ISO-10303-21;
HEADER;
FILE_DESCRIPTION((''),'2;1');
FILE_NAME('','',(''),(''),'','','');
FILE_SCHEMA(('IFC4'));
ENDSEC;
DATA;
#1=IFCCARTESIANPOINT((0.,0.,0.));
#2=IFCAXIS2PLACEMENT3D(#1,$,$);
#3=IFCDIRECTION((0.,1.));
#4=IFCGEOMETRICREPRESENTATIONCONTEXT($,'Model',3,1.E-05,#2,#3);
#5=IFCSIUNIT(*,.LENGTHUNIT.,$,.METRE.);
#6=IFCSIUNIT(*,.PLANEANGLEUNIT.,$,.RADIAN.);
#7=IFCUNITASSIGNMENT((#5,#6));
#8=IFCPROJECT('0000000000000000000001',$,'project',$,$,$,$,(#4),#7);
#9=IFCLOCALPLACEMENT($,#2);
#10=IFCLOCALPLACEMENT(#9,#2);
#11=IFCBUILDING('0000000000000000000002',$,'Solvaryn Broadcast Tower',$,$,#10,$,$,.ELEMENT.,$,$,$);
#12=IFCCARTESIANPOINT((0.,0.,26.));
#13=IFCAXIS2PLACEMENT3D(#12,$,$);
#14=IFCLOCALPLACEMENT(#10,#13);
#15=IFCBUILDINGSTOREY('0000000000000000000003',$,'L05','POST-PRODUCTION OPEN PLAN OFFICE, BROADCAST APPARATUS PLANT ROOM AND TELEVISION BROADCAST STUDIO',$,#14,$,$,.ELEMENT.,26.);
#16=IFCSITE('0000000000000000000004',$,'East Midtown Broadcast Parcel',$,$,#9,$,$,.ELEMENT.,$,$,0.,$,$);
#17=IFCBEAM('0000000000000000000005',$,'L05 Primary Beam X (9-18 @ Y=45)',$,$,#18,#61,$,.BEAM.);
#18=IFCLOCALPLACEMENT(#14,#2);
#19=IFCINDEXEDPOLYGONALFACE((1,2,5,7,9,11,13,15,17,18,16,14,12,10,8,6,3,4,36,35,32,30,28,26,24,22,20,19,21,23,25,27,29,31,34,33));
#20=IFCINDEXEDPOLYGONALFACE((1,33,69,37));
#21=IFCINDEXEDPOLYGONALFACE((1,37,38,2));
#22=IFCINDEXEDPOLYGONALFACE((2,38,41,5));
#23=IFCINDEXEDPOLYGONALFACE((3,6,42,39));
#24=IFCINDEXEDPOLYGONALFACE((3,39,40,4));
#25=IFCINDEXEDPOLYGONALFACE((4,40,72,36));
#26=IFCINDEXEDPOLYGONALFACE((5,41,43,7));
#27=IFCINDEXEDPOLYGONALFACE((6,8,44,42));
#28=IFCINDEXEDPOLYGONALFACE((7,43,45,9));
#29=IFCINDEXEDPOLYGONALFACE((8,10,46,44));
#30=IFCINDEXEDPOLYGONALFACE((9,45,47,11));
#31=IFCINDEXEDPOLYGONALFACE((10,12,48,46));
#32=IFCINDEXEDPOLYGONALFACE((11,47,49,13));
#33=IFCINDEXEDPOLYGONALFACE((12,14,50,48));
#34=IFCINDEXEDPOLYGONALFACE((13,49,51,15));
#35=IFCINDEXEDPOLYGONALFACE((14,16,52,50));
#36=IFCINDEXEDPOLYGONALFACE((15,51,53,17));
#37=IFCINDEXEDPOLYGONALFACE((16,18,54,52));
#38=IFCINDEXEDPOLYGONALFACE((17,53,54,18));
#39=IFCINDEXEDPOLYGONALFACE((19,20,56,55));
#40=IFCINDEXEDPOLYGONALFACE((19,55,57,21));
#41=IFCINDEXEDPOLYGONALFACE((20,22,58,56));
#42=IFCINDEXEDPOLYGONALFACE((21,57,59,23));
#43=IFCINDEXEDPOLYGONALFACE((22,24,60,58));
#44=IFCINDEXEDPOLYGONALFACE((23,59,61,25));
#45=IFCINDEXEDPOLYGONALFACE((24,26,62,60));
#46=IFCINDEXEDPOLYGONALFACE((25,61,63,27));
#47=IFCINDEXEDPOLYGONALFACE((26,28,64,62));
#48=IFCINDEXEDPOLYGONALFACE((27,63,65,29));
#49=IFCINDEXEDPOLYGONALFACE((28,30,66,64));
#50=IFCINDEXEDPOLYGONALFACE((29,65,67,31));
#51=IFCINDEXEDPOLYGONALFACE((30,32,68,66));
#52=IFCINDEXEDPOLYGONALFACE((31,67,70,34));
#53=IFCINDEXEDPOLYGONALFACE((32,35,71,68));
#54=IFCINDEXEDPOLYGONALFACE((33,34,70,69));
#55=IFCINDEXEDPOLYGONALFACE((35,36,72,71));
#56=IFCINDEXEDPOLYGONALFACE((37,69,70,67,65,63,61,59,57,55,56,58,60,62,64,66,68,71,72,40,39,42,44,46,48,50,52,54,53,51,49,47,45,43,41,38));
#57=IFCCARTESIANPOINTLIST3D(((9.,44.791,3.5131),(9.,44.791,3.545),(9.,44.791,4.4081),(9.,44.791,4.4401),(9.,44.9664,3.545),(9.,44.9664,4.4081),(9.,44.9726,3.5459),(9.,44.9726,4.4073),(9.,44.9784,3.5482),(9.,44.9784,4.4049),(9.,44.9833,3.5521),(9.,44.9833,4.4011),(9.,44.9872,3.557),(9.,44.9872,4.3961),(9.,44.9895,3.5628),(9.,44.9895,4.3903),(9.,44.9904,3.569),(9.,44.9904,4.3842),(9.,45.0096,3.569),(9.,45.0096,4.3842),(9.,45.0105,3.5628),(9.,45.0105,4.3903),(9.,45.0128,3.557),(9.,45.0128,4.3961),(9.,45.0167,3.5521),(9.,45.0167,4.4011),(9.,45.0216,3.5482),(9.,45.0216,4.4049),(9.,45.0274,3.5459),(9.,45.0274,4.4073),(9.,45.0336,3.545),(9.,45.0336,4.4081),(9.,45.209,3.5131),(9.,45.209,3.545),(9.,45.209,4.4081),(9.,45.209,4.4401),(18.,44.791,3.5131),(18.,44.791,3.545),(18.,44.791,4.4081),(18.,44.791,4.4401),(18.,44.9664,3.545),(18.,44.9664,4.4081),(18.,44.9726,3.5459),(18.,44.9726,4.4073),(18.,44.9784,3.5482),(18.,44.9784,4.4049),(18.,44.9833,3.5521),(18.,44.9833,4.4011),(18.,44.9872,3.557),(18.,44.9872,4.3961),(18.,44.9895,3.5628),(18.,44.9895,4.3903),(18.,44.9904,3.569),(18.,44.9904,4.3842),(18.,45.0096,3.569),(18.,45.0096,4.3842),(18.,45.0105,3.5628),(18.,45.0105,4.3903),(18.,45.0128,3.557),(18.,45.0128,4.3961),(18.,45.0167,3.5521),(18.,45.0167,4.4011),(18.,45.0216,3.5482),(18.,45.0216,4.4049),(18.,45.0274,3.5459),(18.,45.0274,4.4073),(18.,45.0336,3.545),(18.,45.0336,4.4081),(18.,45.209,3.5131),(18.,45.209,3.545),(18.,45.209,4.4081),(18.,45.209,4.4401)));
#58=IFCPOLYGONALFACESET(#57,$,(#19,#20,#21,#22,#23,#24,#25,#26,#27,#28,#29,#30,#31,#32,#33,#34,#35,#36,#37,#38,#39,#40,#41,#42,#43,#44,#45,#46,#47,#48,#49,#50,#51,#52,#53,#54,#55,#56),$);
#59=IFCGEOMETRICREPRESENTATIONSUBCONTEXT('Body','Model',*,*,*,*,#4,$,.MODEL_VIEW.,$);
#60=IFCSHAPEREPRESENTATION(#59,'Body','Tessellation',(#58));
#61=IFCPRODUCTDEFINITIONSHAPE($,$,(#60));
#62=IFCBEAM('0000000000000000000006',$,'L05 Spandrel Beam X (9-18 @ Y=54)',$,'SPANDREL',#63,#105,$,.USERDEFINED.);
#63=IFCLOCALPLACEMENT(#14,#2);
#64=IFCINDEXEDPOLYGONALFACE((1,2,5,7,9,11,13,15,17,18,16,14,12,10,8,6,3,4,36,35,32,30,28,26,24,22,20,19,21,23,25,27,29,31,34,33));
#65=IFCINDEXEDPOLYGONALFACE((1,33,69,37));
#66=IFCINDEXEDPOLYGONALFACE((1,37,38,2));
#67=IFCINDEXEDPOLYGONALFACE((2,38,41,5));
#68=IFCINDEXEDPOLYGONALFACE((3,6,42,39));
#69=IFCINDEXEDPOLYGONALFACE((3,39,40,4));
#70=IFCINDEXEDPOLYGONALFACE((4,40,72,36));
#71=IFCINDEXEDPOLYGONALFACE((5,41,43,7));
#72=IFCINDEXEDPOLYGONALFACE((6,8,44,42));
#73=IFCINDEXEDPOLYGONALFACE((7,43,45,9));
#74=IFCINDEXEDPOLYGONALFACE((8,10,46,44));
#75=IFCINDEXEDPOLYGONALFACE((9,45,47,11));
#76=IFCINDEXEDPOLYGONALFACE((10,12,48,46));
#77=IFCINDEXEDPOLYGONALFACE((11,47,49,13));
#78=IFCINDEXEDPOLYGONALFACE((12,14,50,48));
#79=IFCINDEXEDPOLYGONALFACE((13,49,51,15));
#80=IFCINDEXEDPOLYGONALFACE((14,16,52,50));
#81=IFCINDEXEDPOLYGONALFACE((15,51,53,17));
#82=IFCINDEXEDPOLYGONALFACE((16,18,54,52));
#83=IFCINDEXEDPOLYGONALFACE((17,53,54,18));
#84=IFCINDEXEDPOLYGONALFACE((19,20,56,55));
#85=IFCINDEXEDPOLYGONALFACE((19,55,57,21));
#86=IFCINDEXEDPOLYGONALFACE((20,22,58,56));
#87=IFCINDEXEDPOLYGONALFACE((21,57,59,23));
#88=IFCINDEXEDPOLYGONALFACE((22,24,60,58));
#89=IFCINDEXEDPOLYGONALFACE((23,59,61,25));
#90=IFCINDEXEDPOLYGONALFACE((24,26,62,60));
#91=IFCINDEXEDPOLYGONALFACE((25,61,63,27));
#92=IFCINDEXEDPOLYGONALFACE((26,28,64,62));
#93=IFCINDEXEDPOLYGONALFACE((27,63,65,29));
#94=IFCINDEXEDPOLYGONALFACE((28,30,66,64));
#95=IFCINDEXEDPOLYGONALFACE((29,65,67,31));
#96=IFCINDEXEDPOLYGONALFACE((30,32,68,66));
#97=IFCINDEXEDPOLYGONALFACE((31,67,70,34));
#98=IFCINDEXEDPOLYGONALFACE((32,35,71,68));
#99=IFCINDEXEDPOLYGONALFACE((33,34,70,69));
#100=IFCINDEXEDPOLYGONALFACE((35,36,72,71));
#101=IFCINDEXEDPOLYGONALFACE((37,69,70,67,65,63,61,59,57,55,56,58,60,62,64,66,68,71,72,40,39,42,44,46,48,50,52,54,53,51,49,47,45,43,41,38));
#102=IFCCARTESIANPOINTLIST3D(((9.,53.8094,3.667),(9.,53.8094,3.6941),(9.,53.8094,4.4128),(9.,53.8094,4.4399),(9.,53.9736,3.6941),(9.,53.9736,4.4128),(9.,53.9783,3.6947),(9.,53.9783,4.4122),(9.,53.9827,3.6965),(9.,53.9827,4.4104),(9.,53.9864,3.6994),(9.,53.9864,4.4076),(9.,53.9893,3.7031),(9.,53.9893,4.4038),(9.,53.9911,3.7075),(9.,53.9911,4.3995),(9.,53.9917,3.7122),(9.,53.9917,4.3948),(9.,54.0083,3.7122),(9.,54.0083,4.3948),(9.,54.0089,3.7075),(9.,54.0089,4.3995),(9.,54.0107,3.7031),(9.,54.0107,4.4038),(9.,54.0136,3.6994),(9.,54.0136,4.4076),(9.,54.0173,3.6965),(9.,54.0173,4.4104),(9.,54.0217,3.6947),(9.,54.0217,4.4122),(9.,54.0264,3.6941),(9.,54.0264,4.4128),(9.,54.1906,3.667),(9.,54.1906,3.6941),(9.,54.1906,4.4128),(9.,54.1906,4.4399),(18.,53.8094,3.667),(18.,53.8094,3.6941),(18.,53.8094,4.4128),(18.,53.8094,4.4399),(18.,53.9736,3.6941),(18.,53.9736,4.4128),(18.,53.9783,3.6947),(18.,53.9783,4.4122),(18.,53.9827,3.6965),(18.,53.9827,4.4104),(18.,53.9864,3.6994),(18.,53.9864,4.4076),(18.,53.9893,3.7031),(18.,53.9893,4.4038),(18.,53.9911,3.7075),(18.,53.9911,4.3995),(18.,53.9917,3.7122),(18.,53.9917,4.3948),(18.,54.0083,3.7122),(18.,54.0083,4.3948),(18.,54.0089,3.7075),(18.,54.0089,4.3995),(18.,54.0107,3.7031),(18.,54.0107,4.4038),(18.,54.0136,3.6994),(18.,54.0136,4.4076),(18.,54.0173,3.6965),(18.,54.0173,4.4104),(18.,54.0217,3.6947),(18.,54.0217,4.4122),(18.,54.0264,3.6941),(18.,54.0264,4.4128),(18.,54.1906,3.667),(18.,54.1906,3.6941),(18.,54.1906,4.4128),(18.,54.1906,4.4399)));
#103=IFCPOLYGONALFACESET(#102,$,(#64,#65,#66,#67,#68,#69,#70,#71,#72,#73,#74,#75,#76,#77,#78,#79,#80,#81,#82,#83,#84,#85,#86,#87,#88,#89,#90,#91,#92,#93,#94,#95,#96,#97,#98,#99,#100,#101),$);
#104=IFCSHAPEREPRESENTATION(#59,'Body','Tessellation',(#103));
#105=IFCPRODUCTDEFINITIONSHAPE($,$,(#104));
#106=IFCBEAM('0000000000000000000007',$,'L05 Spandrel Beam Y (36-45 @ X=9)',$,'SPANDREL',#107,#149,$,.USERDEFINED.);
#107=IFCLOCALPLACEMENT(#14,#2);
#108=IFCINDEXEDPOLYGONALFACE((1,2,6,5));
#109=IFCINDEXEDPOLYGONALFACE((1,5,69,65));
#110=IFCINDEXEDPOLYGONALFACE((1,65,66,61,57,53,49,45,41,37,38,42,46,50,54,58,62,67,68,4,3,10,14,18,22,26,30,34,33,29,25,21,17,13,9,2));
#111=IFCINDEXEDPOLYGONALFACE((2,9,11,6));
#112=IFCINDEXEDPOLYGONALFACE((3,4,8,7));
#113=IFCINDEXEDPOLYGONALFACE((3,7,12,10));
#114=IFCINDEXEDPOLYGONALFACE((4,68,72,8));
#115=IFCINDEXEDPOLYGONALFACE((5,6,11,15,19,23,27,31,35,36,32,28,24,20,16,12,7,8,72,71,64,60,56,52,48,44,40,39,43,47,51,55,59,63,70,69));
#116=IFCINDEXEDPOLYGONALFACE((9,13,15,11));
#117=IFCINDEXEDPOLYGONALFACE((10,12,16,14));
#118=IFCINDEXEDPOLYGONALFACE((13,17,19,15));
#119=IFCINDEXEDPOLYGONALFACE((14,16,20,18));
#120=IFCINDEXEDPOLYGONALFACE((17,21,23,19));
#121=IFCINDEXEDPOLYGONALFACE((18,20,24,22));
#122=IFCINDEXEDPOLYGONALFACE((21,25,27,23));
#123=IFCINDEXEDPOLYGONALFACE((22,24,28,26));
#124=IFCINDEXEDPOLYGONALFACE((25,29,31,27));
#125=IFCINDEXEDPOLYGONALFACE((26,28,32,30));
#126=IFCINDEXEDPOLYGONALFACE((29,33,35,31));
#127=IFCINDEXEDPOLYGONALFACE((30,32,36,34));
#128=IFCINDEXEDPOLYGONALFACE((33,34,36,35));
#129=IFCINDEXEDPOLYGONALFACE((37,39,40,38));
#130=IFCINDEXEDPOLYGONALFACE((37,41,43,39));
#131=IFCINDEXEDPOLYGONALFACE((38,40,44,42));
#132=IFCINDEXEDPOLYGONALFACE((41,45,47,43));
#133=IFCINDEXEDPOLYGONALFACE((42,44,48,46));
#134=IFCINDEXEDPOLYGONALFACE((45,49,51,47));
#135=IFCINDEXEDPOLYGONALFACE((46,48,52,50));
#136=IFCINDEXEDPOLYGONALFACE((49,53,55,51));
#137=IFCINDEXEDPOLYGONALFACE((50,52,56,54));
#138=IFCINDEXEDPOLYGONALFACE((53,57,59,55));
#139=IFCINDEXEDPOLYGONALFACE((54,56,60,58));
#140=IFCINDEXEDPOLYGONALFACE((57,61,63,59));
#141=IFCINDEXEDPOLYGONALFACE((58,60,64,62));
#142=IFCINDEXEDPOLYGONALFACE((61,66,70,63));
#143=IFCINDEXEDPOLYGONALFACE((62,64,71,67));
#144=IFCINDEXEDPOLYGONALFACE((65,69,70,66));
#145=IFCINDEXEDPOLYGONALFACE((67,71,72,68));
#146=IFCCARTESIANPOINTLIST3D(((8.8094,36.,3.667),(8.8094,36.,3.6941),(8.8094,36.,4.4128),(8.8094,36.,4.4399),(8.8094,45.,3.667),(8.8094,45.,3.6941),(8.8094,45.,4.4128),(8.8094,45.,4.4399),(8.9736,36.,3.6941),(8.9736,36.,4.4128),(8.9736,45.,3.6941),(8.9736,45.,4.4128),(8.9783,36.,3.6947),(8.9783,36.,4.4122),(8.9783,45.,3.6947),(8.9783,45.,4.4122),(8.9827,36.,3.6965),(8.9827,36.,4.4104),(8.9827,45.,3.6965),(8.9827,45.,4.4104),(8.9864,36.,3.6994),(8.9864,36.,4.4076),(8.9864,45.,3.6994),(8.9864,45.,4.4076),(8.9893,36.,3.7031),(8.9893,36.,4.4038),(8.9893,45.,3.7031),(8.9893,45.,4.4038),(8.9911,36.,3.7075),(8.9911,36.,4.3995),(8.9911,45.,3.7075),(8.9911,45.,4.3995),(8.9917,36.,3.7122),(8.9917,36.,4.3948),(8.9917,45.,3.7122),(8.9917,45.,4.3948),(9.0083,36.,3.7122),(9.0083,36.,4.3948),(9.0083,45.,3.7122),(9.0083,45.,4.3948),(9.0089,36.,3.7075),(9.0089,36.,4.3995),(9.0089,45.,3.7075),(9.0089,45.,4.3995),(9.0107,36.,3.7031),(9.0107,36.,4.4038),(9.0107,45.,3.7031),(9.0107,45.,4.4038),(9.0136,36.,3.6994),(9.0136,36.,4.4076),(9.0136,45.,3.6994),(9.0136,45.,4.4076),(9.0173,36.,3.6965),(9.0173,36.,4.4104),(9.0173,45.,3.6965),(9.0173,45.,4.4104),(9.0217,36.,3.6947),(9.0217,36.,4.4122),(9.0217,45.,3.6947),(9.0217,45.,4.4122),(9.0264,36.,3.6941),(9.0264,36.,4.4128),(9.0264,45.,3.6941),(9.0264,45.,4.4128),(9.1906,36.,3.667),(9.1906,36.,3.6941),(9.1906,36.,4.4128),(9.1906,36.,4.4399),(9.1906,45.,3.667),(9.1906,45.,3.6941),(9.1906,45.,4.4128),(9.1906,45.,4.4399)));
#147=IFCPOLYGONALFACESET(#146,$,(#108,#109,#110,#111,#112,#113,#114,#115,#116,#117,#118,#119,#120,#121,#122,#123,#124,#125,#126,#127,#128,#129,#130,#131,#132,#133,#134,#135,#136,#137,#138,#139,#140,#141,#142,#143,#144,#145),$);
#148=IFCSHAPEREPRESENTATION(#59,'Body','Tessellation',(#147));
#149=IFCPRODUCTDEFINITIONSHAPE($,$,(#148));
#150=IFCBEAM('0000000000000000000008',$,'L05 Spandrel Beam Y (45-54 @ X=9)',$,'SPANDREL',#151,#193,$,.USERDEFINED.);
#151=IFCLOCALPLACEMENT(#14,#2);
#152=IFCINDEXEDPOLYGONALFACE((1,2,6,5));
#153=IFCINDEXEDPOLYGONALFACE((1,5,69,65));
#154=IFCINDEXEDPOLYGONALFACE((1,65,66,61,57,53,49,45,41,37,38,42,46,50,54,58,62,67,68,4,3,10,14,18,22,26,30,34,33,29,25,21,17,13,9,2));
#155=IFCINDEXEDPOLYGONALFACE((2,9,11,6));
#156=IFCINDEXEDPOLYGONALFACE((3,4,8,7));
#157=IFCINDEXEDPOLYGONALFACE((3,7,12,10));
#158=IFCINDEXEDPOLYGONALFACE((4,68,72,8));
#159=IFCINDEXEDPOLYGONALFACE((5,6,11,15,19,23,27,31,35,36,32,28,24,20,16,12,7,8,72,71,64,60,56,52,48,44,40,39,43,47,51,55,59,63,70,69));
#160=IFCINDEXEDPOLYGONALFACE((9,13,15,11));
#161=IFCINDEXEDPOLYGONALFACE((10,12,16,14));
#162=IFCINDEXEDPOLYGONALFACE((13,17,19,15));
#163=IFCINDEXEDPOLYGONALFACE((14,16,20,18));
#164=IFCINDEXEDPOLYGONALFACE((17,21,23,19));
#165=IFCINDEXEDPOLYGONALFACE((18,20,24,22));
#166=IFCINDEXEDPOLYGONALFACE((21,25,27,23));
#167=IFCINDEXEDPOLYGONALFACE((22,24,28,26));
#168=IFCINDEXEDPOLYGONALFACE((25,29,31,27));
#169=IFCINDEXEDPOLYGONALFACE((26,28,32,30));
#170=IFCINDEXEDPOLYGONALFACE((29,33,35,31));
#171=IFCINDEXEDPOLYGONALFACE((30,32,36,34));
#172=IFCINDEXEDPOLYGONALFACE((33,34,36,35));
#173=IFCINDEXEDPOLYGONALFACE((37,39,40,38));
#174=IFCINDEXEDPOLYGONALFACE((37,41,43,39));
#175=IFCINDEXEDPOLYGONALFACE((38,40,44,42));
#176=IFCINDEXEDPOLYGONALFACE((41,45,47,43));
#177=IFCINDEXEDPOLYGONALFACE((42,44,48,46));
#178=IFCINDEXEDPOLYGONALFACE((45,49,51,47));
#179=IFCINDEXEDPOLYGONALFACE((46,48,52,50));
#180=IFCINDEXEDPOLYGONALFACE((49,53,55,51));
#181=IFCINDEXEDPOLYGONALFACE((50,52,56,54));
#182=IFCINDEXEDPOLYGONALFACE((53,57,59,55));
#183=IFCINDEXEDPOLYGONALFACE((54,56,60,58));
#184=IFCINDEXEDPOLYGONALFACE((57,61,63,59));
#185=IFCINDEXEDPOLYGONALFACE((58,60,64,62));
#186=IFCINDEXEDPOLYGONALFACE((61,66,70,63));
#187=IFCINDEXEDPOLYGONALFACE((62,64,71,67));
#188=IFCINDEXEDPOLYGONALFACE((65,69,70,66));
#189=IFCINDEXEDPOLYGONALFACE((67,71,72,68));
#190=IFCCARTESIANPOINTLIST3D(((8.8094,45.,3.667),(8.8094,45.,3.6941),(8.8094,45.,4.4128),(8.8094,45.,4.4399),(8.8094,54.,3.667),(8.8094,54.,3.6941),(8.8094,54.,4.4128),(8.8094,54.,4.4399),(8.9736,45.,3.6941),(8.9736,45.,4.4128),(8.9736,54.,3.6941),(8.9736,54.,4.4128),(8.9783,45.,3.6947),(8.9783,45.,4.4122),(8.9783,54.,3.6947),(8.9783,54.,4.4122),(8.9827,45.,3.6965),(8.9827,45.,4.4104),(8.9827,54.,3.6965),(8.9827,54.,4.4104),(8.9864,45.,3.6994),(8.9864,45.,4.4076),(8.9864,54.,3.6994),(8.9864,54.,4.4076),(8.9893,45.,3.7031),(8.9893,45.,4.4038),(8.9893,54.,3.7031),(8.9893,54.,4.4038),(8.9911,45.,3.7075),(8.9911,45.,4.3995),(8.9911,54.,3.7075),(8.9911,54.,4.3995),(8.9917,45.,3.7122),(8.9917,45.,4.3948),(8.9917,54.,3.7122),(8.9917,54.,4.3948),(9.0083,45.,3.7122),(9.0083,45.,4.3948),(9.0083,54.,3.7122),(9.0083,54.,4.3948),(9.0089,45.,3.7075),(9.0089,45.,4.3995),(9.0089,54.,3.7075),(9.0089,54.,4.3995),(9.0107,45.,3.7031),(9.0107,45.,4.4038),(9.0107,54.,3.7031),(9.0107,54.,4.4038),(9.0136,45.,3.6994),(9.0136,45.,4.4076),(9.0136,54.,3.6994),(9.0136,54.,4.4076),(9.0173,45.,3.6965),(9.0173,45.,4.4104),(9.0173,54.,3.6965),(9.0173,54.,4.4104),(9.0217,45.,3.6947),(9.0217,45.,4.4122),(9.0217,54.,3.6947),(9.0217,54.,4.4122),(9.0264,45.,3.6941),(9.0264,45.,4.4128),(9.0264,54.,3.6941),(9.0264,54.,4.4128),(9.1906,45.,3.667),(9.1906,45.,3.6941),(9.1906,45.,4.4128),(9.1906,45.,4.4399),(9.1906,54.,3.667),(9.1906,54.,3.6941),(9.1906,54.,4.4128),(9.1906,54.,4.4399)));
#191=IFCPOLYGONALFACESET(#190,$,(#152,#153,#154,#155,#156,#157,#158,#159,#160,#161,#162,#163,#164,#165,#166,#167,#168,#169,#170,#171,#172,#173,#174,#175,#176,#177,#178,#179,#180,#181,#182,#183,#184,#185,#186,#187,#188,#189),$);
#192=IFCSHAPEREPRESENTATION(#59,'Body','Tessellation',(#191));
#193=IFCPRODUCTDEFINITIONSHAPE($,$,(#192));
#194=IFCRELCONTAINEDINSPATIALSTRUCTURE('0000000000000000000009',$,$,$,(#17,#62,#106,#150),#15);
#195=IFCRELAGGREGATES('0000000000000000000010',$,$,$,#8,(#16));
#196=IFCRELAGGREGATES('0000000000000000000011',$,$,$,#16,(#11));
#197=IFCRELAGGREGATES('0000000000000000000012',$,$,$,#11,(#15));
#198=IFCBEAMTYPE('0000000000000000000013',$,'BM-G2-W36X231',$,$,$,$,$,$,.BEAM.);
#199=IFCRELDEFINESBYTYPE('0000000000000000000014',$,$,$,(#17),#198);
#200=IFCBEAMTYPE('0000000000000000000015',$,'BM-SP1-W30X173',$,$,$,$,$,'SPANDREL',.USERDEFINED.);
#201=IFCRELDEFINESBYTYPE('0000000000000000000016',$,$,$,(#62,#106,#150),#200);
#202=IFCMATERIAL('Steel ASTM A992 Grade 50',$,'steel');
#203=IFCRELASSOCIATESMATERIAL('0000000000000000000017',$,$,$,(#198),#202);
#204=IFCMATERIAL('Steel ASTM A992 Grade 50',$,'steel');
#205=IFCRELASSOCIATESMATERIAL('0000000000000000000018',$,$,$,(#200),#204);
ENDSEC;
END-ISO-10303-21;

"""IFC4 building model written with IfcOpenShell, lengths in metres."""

from ifc_helpers import new_model, si_unit, direction, frame, origin, origin_2d, place, context, subcontext, project, spatial, i_section, extrude, material, material_profile, profile_set, type_object, element, save


model = new_model("IFC4")

# Units and contexts
model_context = context("Model", 3, precision=1e-05, world=origin(), true_north=direction((0.0, 1.0)))
body_context = subcontext(model_context, "Body", "Model", "MODEL_VIEW")
ifc_project = project(units=[si_unit("LENGTHUNIT", "METRE"), si_unit("PLANEANGLEUNIT", "RADIAN")], contexts=[model_context])

# Site, building, storey
site_placement = place(None, origin())
site = spatial("IfcSite", under=ifc_project, at=site_placement, Name="East Midtown Broadcast Parcel", CompositionType="ELEMENT", RefElevation=0.0)
building_placement = place(site_placement, origin())
building = spatial("IfcBuilding", under=site, at=building_placement, Name="Solvaryn Broadcast Tower", CompositionType="ELEMENT")
storey_placement = place(building_placement, frame((0.0, 0.0, 26.0)))
storey = spatial("IfcBuildingStorey", under=building, at=storey_placement, Name="L05", Description="POST-PRODUCTION OPEN PLAN OFFICE, BROADCAST APPARATUS PLANT ROOM AND TELEVISION BROADCAST STUDIO", CompositionType="ELEMENT", Elevation=26.0)

# Beams
ifc_material_1 = material(Name="Steel ASTM A992 Grade 50", Category="steel")
ifc_material_profile_1 = material_profile(ifc_material_1, i_section(OverallWidth=0.418, OverallDepth=0.927, WebThickness=0.0193, FlangeThickness=0.032, FilletRadius=0.0239, at=origin_2d()))
ifc_profile_set_1 = profile_set([ifc_material_profile_1], Name="Steel ASTM A992 Grade 50")
beam_type_1 = type_object("IfcBeamType", Name="BM-G2-W36X231", PredefinedType="BEAM", material=ifc_profile_set_1)
beam_1_placement = place(storey_placement, frame((9.0, 45.0, 3.9766), z_axis=(1.0, 0.0, 0.0), x_axis=(0.0, 1.0, 0.0)))
element("IfcBeam", 1, at=beam_1_placement, inside=storey, type_object=beam_type_1, Name="L05 Primary Beam X (9-18 @ Y=45)", PredefinedType="BEAM", context=body_context, shape_type="SweptSolid", body=[
    extrude(i_section(OverallWidth=0.418, OverallDepth=0.927, WebThickness=0.0193, FlangeThickness=0.032, FilletRadius=0.0239, at=origin_2d()), origin(), (0.0, 0.0, 1.0), 9.0),
])
ifc_material_2 = material(Name="Steel ASTM A992 Grade 50", Category="steel")
ifc_material_profile_2 = material_profile(ifc_material_2, i_section(OverallWidth=0.3811, OverallDepth=0.7729, WebThickness=0.0166, FlangeThickness=0.0271, FilletRadius=0.0181, at=origin_2d()))
ifc_profile_set_2 = profile_set([ifc_material_profile_2], Name="Steel ASTM A992 Grade 50")
beam_type_2 = type_object("IfcBeamType", Name="BM-SP1-W30X173", ElementType="SPANDREL", PredefinedType="USERDEFINED", material=ifc_profile_set_2)
for number, where, z_axis, x_axis, name in (
    (2, (9.0, 54.0, 4.0535), (1.0, 0.0, 0.0), (0.0, 1.0, 0.0), "L05 Spandrel Beam X (9-18 @ Y=54)"),
    (3, (9.0, 36.0, 4.0535), (0.0, 1.0, 0.0), (-1.0, 0.0, 0.0), "L05 Spandrel Beam Y (36-45 @ X=9)"),
    (4, (9.0, 45.0, 4.0535), (0.0, 1.0, 0.0), (-1.0, 0.0, 0.0), "L05 Spandrel Beam Y (45-54 @ X=9)"),
):
    element("IfcBeam", number, at=place(storey_placement, frame(where, z_axis=z_axis, x_axis=x_axis)), inside=storey, type_object=beam_type_2, Name=name, ObjectType="SPANDREL", PredefinedType="USERDEFINED", context=body_context, shape_type="SweptSolid", body=[
        extrude(i_section(OverallWidth=0.3811, OverallDepth=0.7729, WebThickness=0.0166, FlangeThickness=0.0271, FilletRadius=0.0181, at=origin_2d()), origin(), (0.0, 0.0, 1.0), 9.0),
    ])

save(model, "model.ifc")
